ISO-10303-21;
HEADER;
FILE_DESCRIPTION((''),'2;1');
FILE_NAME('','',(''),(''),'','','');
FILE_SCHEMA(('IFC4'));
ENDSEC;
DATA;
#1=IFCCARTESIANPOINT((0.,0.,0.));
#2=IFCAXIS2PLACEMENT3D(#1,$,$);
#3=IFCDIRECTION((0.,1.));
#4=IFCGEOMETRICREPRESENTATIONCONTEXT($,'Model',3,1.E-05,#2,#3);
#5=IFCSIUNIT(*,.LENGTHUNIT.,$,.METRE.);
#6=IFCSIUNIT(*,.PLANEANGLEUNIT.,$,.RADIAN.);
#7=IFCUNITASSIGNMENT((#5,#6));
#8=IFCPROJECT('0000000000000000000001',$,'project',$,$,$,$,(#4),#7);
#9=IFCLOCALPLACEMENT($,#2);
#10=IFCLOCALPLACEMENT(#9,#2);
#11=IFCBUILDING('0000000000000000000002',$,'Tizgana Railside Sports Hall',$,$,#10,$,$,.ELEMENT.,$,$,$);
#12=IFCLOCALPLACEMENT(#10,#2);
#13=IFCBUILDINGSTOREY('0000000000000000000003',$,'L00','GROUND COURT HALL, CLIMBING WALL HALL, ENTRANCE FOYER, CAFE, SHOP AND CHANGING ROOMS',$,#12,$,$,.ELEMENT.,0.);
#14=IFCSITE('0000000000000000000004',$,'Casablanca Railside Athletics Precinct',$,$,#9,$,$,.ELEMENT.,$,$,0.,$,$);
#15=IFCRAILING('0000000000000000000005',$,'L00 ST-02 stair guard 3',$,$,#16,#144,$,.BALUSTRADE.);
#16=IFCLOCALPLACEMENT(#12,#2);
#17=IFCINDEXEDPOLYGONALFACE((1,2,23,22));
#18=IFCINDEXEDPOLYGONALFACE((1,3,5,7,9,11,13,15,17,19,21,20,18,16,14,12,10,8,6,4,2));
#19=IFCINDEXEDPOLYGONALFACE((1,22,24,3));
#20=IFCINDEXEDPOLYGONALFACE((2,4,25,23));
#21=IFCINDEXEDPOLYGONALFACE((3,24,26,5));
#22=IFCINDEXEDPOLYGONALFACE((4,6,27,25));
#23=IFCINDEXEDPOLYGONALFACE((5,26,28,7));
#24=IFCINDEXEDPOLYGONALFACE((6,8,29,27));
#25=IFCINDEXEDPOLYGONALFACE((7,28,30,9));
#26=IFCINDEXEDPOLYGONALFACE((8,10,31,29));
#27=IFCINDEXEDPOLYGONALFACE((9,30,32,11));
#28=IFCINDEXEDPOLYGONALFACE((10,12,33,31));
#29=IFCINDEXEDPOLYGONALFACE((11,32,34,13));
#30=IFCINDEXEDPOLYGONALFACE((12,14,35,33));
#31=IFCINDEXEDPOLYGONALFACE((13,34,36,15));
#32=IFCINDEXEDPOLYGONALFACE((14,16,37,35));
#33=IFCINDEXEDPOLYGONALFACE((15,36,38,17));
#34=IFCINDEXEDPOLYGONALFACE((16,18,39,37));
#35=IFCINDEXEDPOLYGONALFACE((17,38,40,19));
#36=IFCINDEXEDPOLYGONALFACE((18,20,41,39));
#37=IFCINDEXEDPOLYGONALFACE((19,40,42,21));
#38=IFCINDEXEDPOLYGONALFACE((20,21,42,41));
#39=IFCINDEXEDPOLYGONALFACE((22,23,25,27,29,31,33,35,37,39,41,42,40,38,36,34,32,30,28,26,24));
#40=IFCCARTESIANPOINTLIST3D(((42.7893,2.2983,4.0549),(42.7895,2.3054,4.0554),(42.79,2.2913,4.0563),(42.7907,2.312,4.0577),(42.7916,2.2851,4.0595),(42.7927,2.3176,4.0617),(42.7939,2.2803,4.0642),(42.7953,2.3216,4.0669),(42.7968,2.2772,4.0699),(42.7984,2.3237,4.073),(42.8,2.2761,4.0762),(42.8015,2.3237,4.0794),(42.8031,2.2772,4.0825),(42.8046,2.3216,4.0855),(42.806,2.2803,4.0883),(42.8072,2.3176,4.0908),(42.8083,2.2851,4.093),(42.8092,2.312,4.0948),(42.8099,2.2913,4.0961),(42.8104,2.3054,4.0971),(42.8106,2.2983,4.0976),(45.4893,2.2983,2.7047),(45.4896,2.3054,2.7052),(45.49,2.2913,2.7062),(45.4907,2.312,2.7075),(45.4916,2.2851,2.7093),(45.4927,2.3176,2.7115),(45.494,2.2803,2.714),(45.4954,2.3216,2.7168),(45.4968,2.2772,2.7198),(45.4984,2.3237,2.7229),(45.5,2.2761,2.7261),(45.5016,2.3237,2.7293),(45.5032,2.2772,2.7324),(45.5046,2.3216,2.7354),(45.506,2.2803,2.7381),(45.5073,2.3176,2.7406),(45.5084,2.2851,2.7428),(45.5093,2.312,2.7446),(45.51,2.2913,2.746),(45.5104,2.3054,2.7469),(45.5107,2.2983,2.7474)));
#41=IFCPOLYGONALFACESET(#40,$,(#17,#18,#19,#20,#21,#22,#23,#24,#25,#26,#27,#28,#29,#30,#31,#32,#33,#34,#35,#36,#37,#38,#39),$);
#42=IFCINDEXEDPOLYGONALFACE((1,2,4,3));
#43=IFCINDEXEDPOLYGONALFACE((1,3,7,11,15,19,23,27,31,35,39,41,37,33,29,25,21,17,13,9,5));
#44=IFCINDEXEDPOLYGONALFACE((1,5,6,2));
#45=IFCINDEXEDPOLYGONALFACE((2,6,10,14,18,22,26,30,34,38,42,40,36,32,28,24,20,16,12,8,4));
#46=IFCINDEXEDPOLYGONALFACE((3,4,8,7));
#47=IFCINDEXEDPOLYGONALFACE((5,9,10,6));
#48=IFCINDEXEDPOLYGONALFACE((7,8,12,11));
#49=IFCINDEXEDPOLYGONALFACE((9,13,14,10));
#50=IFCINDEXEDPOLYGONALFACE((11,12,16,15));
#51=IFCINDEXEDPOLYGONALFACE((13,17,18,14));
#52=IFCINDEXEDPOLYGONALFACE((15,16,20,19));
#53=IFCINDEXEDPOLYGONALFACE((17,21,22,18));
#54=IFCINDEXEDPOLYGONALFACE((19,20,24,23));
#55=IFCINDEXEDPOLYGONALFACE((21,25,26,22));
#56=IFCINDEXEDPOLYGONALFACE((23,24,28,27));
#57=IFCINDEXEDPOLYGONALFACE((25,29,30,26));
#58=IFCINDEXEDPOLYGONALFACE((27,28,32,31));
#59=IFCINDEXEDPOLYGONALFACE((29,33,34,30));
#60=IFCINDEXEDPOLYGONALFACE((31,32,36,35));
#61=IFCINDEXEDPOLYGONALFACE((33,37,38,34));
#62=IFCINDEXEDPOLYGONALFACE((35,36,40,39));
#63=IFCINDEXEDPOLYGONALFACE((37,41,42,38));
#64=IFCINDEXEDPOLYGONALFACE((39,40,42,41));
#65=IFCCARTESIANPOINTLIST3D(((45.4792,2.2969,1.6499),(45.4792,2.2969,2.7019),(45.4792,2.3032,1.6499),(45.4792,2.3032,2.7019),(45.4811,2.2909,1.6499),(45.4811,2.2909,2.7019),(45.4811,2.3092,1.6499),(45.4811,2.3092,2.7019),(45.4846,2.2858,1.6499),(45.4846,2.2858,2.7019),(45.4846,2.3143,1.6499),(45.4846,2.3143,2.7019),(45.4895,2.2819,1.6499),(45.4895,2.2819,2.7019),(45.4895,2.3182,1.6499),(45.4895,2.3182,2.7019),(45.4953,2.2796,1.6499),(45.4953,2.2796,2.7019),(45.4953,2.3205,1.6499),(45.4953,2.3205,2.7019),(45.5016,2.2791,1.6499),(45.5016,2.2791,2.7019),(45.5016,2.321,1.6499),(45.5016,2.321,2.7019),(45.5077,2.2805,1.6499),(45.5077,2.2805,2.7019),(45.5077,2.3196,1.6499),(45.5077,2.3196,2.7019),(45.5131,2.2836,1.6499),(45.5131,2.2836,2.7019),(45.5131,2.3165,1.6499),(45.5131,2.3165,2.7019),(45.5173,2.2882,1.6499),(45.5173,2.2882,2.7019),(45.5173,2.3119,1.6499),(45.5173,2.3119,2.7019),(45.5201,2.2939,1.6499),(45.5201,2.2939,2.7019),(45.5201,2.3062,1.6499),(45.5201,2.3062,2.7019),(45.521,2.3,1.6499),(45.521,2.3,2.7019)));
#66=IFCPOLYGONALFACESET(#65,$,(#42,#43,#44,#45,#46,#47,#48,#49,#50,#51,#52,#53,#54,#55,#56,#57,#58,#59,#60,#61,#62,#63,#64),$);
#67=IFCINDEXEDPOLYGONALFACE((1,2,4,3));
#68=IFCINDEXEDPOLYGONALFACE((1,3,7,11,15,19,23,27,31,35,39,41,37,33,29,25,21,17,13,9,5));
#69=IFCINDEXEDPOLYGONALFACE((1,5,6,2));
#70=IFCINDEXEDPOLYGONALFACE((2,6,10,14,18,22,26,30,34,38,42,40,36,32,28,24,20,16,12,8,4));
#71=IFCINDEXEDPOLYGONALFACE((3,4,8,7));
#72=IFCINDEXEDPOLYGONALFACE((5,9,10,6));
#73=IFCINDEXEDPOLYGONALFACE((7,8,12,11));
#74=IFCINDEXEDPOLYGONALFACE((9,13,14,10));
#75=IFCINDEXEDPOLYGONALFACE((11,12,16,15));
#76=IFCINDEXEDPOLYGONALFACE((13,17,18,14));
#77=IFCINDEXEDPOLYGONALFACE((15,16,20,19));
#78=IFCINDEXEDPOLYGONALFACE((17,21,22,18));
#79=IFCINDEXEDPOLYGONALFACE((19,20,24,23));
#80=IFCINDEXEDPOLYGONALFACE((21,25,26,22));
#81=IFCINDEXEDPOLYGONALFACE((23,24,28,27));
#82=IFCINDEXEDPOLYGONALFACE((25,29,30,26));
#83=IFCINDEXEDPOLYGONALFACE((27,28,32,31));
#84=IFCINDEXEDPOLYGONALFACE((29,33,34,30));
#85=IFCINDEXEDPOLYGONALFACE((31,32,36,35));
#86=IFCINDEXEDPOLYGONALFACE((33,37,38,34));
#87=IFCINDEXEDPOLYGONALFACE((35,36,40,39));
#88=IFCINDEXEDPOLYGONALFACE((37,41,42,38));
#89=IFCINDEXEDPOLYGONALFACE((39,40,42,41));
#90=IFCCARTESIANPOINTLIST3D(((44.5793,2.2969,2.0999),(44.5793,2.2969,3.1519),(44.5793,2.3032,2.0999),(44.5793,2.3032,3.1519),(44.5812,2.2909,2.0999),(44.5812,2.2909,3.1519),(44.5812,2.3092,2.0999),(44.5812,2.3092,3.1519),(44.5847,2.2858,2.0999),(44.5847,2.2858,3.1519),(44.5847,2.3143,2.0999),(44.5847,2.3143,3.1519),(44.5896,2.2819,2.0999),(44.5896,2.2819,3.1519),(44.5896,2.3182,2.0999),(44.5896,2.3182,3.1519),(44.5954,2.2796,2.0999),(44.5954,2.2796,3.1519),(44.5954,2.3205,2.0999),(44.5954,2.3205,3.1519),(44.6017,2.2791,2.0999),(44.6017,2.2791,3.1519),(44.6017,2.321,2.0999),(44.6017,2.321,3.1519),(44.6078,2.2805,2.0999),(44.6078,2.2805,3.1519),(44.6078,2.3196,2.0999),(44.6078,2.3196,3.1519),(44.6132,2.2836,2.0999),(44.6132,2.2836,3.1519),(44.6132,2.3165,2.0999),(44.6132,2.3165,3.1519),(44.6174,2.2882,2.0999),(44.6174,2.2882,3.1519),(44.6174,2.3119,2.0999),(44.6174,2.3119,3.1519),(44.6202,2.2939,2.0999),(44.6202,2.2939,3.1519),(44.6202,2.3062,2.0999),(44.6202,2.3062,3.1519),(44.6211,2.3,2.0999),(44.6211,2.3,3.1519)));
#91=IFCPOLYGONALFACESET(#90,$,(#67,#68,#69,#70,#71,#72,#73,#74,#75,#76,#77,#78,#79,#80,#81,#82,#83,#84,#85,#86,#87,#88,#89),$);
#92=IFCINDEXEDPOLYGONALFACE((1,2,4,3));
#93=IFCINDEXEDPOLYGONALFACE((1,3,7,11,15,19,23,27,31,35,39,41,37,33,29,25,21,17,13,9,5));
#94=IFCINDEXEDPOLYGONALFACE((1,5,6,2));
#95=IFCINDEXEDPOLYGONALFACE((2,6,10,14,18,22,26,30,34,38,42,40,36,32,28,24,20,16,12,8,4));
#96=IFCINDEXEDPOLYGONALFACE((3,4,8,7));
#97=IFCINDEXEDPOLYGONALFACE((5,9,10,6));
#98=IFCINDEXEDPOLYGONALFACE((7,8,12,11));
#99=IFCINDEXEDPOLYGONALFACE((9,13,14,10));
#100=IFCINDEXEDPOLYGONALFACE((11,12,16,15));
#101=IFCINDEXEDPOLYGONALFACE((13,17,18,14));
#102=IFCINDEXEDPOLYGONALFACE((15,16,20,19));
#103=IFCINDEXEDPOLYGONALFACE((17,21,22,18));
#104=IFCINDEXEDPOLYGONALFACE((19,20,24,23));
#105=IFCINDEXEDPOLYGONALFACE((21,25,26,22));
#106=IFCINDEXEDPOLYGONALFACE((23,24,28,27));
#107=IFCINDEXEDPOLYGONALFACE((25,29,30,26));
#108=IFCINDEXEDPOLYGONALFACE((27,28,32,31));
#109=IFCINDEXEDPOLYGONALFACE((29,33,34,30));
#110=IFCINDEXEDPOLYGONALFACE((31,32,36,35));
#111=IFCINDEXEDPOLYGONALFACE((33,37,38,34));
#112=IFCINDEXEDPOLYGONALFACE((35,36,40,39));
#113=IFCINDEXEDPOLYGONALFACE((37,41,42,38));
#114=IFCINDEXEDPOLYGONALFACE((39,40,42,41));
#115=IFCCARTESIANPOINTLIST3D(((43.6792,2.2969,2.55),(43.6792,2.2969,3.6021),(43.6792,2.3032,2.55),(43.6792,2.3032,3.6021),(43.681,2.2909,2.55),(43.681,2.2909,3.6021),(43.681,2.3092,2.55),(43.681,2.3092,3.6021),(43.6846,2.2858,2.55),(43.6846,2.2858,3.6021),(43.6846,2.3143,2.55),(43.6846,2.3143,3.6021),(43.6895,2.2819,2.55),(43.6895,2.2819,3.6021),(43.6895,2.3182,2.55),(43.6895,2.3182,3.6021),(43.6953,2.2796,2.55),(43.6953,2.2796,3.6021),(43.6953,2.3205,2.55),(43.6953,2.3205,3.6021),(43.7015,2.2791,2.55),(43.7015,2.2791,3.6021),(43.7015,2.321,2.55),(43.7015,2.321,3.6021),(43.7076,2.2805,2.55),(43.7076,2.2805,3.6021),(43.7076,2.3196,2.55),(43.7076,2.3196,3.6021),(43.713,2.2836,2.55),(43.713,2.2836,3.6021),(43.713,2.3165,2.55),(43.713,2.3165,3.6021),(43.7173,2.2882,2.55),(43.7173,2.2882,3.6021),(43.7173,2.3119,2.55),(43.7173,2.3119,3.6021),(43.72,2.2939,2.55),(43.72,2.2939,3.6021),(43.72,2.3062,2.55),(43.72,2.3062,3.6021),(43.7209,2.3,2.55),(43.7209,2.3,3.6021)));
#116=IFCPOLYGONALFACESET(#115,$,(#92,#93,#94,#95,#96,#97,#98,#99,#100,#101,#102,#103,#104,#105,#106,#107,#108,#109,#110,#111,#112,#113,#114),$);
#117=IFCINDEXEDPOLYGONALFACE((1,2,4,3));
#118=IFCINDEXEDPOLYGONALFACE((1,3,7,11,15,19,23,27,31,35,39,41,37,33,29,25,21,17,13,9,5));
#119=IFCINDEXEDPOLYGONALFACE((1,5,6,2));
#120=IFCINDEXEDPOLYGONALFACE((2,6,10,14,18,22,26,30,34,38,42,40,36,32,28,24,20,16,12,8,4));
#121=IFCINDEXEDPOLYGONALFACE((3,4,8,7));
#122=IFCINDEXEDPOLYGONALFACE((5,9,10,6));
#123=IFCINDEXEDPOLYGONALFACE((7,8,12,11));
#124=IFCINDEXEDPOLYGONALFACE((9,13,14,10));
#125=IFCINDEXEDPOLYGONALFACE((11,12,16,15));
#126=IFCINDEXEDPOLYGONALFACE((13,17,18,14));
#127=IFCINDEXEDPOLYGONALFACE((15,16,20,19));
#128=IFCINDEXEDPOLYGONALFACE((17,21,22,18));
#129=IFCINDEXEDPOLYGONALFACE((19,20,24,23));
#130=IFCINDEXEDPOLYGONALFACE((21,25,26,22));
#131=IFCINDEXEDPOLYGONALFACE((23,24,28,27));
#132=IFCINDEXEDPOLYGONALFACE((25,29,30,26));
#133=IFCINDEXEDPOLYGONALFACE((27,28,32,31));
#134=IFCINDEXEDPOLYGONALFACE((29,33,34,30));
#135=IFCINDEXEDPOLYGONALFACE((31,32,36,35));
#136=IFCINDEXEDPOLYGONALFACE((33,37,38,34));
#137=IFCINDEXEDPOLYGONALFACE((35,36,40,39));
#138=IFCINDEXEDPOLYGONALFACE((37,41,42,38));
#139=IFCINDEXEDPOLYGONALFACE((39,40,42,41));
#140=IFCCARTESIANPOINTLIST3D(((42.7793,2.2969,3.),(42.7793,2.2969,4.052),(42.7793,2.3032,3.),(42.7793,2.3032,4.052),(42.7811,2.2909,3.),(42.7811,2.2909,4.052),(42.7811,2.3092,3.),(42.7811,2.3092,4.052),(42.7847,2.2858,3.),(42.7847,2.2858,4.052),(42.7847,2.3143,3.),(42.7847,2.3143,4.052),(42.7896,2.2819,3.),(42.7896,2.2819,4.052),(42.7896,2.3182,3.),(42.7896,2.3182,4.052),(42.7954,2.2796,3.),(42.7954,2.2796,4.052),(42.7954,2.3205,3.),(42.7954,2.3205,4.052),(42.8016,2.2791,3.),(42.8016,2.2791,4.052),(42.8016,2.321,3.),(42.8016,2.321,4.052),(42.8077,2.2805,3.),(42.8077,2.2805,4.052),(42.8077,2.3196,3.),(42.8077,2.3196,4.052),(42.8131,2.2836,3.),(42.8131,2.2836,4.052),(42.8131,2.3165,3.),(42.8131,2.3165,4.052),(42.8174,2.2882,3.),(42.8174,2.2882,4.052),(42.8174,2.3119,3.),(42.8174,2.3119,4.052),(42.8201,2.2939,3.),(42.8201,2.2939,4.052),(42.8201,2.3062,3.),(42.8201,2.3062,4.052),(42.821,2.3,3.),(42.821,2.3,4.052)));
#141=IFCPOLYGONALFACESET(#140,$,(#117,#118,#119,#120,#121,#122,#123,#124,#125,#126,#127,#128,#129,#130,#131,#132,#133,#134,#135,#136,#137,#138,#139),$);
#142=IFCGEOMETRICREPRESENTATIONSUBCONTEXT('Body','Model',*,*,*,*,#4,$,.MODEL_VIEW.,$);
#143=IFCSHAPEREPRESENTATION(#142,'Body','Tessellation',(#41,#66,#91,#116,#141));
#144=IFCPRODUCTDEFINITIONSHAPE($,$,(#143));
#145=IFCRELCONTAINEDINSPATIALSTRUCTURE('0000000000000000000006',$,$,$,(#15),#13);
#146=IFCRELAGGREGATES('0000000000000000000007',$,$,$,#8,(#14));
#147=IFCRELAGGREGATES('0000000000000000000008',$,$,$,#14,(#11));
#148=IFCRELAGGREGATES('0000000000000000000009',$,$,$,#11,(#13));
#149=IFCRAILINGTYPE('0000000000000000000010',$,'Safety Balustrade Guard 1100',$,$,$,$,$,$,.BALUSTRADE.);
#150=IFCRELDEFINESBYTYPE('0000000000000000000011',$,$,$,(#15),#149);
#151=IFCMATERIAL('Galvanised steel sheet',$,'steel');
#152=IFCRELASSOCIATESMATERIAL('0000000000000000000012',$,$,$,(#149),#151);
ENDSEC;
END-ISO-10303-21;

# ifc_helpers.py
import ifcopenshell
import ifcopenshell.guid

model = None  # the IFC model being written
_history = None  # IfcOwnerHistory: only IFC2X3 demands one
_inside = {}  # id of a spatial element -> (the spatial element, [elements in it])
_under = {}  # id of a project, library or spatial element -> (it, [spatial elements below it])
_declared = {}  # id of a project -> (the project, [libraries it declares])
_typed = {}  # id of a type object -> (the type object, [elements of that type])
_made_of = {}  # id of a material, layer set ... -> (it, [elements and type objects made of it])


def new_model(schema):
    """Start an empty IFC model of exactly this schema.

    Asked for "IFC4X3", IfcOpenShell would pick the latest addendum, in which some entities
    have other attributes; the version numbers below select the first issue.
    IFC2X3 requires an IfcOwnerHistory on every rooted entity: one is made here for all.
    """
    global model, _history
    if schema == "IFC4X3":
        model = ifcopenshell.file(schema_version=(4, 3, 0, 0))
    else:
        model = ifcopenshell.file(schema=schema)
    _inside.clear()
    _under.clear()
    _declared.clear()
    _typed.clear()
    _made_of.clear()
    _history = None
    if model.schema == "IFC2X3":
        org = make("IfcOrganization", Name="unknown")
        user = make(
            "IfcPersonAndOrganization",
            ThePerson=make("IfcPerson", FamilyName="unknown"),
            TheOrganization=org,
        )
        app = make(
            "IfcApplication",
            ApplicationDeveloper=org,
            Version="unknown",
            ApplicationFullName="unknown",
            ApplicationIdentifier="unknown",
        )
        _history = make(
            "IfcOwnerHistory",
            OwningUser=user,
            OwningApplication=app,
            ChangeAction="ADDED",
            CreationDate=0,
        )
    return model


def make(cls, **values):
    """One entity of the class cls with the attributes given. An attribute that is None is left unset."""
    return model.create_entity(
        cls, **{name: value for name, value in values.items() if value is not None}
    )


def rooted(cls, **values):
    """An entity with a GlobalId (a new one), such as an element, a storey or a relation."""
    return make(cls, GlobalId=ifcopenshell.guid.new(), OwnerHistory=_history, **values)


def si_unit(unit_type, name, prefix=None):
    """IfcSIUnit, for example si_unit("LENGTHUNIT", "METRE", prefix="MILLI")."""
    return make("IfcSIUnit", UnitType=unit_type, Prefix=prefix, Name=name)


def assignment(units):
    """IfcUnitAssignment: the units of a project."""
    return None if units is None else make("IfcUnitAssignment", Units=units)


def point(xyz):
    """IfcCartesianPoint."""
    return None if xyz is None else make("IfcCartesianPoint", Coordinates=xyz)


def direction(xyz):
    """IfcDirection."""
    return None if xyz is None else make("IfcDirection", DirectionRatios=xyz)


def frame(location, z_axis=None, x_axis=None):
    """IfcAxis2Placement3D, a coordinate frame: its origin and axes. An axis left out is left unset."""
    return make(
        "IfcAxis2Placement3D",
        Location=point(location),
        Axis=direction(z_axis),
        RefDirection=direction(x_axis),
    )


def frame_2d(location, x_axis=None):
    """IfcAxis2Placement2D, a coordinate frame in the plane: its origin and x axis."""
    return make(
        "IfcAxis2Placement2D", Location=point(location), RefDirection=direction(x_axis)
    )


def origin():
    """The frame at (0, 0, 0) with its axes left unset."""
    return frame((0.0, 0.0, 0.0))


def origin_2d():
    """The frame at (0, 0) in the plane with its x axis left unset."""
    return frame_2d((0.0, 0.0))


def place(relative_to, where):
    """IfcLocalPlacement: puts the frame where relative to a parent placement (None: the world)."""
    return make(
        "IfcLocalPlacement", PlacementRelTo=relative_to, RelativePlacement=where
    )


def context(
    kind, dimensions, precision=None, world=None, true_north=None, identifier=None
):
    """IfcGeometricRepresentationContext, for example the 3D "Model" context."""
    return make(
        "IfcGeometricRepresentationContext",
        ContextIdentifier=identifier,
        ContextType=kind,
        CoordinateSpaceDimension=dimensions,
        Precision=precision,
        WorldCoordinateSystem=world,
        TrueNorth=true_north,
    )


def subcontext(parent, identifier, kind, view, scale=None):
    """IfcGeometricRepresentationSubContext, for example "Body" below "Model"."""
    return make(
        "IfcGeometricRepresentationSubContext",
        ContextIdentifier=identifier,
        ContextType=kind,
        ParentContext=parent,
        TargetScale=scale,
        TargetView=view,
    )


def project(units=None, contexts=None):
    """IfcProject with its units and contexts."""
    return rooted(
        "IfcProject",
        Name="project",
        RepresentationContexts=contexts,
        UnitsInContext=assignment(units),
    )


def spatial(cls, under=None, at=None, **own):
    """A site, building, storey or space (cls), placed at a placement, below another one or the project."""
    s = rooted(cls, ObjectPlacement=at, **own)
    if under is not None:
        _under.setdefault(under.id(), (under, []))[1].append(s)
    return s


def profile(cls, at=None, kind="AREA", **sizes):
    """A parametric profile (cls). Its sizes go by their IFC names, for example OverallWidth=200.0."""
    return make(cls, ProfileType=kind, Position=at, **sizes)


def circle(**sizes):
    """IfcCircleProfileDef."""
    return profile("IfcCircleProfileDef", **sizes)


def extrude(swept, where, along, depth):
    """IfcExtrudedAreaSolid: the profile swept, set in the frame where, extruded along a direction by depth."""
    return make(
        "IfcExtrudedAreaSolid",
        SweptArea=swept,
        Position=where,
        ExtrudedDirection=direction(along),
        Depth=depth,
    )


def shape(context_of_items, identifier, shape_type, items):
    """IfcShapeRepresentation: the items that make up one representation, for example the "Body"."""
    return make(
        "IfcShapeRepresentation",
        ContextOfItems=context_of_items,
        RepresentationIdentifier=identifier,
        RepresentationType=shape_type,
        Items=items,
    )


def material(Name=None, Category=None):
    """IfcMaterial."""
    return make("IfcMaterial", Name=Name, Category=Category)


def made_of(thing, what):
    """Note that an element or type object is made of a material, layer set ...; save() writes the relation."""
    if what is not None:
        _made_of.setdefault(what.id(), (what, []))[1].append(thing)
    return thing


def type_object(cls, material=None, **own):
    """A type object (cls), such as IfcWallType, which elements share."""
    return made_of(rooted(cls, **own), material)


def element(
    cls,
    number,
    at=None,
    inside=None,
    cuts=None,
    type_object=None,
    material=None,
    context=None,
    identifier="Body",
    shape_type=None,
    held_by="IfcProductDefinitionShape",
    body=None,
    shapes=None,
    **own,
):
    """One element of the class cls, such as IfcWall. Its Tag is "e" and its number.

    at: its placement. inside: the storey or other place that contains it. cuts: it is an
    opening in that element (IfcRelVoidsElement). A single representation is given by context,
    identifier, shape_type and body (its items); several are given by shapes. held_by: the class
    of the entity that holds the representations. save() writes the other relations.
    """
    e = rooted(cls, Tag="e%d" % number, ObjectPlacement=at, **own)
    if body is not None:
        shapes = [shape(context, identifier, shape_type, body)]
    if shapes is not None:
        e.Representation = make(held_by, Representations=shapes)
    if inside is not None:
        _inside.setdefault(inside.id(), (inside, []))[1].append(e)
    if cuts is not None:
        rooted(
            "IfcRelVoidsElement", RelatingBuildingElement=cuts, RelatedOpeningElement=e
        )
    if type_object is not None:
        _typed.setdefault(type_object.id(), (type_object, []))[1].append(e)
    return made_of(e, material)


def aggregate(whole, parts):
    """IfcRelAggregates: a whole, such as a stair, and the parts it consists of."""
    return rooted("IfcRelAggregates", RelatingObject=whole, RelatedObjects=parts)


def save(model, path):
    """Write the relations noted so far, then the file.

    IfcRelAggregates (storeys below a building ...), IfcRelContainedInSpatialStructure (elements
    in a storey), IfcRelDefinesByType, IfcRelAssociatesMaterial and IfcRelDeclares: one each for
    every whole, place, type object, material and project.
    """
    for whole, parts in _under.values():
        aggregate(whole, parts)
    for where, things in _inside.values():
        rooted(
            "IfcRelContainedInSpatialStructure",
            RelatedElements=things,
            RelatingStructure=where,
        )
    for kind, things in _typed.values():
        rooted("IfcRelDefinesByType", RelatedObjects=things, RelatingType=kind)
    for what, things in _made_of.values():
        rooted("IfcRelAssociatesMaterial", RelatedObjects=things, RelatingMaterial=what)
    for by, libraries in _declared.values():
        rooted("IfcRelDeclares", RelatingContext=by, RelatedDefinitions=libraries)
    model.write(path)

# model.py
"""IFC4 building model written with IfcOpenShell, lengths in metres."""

from ifc_helpers import new_model, si_unit, direction, frame, origin, origin_2d, place, context, subcontext, project, spatial, circle, extrude, material, type_object, element, save


model = new_model("IFC4")

# Units and contexts
model_context = context("Model", 3, precision=1e-05, world=origin(), true_north=direction((0.0, 1.0)))
body_context = subcontext(model_context, "Body", "Model", "MODEL_VIEW")
ifc_project = project(units=[si_unit("LENGTHUNIT", "METRE"), si_unit("PLANEANGLEUNIT", "RADIAN")], contexts=[model_context])

# Site, building, storey
site_placement = place(None, origin())
site = spatial("IfcSite", under=ifc_project, at=site_placement, Name="Casablanca Railside Athletics Precinct", CompositionType="ELEMENT", RefElevation=0.0)
building_placement = place(site_placement, origin())
building = spatial("IfcBuilding", under=site, at=building_placement, Name="Tizgana Railside Sports Hall", CompositionType="ELEMENT")
storey_placement = place(building_placement, origin())
storey = spatial("IfcBuildingStorey", under=building, at=storey_placement, Name="L00", Description="GROUND COURT HALL, CLIMBING WALL HALL, ENTRANCE FOYER, CAFE, SHOP AND CHANGING ROOMS", CompositionType="ELEMENT", Elevation=0.0)

# Shared definitions
ifc_material_1 = material(Name="Galvanised steel sheet", Category="steel")

# Railing
railing_type_1 = type_object("IfcRailingType", Name="Safety Balustrade Guard 1100", PredefinedType="BALUSTRADE", material=ifc_material_1)
railing_1_placement = place(storey_placement, frame((45.5, 2.3, 1.6499)))
element("IfcRailing", 1, at=railing_1_placement, inside=storey, type_object=railing_type_1, Name="L00 ST-02 stair guard 3", PredefinedType="BALUSTRADE", context=body_context, shape_type="SweptSolid", body=[
    extrude(circle(Radius=0.0239, at=origin_2d()), frame((0.0, 0.0, 1.0762), z_axis=(-0.894411, 0.0, 0.447246), x_axis=(0.0, -1.0, 0.0)), (0.0, 0.0, 1.0), 3.0188),
    extrude(circle(Radius=0.021, at=origin_2d()), origin(), (0.0, 0.0, 1.0), 1.052),
    extrude(circle(Radius=0.021, at=origin_2d()), frame((-0.8999, 0.0, 0.45)), (0.0, 0.0, 1.0), 1.052),
    extrude(circle(Radius=0.021, at=origin_2d()), frame((-1.8, 0.0, 0.9001)), (0.0, 0.0, 1.0), 1.052),
    extrude(circle(Radius=0.021, at=origin_2d()), frame((-2.7, 0.0, 1.3501)), (0.0, 0.0, 1.0), 1.052),
])

save(model, "model.ifc")
